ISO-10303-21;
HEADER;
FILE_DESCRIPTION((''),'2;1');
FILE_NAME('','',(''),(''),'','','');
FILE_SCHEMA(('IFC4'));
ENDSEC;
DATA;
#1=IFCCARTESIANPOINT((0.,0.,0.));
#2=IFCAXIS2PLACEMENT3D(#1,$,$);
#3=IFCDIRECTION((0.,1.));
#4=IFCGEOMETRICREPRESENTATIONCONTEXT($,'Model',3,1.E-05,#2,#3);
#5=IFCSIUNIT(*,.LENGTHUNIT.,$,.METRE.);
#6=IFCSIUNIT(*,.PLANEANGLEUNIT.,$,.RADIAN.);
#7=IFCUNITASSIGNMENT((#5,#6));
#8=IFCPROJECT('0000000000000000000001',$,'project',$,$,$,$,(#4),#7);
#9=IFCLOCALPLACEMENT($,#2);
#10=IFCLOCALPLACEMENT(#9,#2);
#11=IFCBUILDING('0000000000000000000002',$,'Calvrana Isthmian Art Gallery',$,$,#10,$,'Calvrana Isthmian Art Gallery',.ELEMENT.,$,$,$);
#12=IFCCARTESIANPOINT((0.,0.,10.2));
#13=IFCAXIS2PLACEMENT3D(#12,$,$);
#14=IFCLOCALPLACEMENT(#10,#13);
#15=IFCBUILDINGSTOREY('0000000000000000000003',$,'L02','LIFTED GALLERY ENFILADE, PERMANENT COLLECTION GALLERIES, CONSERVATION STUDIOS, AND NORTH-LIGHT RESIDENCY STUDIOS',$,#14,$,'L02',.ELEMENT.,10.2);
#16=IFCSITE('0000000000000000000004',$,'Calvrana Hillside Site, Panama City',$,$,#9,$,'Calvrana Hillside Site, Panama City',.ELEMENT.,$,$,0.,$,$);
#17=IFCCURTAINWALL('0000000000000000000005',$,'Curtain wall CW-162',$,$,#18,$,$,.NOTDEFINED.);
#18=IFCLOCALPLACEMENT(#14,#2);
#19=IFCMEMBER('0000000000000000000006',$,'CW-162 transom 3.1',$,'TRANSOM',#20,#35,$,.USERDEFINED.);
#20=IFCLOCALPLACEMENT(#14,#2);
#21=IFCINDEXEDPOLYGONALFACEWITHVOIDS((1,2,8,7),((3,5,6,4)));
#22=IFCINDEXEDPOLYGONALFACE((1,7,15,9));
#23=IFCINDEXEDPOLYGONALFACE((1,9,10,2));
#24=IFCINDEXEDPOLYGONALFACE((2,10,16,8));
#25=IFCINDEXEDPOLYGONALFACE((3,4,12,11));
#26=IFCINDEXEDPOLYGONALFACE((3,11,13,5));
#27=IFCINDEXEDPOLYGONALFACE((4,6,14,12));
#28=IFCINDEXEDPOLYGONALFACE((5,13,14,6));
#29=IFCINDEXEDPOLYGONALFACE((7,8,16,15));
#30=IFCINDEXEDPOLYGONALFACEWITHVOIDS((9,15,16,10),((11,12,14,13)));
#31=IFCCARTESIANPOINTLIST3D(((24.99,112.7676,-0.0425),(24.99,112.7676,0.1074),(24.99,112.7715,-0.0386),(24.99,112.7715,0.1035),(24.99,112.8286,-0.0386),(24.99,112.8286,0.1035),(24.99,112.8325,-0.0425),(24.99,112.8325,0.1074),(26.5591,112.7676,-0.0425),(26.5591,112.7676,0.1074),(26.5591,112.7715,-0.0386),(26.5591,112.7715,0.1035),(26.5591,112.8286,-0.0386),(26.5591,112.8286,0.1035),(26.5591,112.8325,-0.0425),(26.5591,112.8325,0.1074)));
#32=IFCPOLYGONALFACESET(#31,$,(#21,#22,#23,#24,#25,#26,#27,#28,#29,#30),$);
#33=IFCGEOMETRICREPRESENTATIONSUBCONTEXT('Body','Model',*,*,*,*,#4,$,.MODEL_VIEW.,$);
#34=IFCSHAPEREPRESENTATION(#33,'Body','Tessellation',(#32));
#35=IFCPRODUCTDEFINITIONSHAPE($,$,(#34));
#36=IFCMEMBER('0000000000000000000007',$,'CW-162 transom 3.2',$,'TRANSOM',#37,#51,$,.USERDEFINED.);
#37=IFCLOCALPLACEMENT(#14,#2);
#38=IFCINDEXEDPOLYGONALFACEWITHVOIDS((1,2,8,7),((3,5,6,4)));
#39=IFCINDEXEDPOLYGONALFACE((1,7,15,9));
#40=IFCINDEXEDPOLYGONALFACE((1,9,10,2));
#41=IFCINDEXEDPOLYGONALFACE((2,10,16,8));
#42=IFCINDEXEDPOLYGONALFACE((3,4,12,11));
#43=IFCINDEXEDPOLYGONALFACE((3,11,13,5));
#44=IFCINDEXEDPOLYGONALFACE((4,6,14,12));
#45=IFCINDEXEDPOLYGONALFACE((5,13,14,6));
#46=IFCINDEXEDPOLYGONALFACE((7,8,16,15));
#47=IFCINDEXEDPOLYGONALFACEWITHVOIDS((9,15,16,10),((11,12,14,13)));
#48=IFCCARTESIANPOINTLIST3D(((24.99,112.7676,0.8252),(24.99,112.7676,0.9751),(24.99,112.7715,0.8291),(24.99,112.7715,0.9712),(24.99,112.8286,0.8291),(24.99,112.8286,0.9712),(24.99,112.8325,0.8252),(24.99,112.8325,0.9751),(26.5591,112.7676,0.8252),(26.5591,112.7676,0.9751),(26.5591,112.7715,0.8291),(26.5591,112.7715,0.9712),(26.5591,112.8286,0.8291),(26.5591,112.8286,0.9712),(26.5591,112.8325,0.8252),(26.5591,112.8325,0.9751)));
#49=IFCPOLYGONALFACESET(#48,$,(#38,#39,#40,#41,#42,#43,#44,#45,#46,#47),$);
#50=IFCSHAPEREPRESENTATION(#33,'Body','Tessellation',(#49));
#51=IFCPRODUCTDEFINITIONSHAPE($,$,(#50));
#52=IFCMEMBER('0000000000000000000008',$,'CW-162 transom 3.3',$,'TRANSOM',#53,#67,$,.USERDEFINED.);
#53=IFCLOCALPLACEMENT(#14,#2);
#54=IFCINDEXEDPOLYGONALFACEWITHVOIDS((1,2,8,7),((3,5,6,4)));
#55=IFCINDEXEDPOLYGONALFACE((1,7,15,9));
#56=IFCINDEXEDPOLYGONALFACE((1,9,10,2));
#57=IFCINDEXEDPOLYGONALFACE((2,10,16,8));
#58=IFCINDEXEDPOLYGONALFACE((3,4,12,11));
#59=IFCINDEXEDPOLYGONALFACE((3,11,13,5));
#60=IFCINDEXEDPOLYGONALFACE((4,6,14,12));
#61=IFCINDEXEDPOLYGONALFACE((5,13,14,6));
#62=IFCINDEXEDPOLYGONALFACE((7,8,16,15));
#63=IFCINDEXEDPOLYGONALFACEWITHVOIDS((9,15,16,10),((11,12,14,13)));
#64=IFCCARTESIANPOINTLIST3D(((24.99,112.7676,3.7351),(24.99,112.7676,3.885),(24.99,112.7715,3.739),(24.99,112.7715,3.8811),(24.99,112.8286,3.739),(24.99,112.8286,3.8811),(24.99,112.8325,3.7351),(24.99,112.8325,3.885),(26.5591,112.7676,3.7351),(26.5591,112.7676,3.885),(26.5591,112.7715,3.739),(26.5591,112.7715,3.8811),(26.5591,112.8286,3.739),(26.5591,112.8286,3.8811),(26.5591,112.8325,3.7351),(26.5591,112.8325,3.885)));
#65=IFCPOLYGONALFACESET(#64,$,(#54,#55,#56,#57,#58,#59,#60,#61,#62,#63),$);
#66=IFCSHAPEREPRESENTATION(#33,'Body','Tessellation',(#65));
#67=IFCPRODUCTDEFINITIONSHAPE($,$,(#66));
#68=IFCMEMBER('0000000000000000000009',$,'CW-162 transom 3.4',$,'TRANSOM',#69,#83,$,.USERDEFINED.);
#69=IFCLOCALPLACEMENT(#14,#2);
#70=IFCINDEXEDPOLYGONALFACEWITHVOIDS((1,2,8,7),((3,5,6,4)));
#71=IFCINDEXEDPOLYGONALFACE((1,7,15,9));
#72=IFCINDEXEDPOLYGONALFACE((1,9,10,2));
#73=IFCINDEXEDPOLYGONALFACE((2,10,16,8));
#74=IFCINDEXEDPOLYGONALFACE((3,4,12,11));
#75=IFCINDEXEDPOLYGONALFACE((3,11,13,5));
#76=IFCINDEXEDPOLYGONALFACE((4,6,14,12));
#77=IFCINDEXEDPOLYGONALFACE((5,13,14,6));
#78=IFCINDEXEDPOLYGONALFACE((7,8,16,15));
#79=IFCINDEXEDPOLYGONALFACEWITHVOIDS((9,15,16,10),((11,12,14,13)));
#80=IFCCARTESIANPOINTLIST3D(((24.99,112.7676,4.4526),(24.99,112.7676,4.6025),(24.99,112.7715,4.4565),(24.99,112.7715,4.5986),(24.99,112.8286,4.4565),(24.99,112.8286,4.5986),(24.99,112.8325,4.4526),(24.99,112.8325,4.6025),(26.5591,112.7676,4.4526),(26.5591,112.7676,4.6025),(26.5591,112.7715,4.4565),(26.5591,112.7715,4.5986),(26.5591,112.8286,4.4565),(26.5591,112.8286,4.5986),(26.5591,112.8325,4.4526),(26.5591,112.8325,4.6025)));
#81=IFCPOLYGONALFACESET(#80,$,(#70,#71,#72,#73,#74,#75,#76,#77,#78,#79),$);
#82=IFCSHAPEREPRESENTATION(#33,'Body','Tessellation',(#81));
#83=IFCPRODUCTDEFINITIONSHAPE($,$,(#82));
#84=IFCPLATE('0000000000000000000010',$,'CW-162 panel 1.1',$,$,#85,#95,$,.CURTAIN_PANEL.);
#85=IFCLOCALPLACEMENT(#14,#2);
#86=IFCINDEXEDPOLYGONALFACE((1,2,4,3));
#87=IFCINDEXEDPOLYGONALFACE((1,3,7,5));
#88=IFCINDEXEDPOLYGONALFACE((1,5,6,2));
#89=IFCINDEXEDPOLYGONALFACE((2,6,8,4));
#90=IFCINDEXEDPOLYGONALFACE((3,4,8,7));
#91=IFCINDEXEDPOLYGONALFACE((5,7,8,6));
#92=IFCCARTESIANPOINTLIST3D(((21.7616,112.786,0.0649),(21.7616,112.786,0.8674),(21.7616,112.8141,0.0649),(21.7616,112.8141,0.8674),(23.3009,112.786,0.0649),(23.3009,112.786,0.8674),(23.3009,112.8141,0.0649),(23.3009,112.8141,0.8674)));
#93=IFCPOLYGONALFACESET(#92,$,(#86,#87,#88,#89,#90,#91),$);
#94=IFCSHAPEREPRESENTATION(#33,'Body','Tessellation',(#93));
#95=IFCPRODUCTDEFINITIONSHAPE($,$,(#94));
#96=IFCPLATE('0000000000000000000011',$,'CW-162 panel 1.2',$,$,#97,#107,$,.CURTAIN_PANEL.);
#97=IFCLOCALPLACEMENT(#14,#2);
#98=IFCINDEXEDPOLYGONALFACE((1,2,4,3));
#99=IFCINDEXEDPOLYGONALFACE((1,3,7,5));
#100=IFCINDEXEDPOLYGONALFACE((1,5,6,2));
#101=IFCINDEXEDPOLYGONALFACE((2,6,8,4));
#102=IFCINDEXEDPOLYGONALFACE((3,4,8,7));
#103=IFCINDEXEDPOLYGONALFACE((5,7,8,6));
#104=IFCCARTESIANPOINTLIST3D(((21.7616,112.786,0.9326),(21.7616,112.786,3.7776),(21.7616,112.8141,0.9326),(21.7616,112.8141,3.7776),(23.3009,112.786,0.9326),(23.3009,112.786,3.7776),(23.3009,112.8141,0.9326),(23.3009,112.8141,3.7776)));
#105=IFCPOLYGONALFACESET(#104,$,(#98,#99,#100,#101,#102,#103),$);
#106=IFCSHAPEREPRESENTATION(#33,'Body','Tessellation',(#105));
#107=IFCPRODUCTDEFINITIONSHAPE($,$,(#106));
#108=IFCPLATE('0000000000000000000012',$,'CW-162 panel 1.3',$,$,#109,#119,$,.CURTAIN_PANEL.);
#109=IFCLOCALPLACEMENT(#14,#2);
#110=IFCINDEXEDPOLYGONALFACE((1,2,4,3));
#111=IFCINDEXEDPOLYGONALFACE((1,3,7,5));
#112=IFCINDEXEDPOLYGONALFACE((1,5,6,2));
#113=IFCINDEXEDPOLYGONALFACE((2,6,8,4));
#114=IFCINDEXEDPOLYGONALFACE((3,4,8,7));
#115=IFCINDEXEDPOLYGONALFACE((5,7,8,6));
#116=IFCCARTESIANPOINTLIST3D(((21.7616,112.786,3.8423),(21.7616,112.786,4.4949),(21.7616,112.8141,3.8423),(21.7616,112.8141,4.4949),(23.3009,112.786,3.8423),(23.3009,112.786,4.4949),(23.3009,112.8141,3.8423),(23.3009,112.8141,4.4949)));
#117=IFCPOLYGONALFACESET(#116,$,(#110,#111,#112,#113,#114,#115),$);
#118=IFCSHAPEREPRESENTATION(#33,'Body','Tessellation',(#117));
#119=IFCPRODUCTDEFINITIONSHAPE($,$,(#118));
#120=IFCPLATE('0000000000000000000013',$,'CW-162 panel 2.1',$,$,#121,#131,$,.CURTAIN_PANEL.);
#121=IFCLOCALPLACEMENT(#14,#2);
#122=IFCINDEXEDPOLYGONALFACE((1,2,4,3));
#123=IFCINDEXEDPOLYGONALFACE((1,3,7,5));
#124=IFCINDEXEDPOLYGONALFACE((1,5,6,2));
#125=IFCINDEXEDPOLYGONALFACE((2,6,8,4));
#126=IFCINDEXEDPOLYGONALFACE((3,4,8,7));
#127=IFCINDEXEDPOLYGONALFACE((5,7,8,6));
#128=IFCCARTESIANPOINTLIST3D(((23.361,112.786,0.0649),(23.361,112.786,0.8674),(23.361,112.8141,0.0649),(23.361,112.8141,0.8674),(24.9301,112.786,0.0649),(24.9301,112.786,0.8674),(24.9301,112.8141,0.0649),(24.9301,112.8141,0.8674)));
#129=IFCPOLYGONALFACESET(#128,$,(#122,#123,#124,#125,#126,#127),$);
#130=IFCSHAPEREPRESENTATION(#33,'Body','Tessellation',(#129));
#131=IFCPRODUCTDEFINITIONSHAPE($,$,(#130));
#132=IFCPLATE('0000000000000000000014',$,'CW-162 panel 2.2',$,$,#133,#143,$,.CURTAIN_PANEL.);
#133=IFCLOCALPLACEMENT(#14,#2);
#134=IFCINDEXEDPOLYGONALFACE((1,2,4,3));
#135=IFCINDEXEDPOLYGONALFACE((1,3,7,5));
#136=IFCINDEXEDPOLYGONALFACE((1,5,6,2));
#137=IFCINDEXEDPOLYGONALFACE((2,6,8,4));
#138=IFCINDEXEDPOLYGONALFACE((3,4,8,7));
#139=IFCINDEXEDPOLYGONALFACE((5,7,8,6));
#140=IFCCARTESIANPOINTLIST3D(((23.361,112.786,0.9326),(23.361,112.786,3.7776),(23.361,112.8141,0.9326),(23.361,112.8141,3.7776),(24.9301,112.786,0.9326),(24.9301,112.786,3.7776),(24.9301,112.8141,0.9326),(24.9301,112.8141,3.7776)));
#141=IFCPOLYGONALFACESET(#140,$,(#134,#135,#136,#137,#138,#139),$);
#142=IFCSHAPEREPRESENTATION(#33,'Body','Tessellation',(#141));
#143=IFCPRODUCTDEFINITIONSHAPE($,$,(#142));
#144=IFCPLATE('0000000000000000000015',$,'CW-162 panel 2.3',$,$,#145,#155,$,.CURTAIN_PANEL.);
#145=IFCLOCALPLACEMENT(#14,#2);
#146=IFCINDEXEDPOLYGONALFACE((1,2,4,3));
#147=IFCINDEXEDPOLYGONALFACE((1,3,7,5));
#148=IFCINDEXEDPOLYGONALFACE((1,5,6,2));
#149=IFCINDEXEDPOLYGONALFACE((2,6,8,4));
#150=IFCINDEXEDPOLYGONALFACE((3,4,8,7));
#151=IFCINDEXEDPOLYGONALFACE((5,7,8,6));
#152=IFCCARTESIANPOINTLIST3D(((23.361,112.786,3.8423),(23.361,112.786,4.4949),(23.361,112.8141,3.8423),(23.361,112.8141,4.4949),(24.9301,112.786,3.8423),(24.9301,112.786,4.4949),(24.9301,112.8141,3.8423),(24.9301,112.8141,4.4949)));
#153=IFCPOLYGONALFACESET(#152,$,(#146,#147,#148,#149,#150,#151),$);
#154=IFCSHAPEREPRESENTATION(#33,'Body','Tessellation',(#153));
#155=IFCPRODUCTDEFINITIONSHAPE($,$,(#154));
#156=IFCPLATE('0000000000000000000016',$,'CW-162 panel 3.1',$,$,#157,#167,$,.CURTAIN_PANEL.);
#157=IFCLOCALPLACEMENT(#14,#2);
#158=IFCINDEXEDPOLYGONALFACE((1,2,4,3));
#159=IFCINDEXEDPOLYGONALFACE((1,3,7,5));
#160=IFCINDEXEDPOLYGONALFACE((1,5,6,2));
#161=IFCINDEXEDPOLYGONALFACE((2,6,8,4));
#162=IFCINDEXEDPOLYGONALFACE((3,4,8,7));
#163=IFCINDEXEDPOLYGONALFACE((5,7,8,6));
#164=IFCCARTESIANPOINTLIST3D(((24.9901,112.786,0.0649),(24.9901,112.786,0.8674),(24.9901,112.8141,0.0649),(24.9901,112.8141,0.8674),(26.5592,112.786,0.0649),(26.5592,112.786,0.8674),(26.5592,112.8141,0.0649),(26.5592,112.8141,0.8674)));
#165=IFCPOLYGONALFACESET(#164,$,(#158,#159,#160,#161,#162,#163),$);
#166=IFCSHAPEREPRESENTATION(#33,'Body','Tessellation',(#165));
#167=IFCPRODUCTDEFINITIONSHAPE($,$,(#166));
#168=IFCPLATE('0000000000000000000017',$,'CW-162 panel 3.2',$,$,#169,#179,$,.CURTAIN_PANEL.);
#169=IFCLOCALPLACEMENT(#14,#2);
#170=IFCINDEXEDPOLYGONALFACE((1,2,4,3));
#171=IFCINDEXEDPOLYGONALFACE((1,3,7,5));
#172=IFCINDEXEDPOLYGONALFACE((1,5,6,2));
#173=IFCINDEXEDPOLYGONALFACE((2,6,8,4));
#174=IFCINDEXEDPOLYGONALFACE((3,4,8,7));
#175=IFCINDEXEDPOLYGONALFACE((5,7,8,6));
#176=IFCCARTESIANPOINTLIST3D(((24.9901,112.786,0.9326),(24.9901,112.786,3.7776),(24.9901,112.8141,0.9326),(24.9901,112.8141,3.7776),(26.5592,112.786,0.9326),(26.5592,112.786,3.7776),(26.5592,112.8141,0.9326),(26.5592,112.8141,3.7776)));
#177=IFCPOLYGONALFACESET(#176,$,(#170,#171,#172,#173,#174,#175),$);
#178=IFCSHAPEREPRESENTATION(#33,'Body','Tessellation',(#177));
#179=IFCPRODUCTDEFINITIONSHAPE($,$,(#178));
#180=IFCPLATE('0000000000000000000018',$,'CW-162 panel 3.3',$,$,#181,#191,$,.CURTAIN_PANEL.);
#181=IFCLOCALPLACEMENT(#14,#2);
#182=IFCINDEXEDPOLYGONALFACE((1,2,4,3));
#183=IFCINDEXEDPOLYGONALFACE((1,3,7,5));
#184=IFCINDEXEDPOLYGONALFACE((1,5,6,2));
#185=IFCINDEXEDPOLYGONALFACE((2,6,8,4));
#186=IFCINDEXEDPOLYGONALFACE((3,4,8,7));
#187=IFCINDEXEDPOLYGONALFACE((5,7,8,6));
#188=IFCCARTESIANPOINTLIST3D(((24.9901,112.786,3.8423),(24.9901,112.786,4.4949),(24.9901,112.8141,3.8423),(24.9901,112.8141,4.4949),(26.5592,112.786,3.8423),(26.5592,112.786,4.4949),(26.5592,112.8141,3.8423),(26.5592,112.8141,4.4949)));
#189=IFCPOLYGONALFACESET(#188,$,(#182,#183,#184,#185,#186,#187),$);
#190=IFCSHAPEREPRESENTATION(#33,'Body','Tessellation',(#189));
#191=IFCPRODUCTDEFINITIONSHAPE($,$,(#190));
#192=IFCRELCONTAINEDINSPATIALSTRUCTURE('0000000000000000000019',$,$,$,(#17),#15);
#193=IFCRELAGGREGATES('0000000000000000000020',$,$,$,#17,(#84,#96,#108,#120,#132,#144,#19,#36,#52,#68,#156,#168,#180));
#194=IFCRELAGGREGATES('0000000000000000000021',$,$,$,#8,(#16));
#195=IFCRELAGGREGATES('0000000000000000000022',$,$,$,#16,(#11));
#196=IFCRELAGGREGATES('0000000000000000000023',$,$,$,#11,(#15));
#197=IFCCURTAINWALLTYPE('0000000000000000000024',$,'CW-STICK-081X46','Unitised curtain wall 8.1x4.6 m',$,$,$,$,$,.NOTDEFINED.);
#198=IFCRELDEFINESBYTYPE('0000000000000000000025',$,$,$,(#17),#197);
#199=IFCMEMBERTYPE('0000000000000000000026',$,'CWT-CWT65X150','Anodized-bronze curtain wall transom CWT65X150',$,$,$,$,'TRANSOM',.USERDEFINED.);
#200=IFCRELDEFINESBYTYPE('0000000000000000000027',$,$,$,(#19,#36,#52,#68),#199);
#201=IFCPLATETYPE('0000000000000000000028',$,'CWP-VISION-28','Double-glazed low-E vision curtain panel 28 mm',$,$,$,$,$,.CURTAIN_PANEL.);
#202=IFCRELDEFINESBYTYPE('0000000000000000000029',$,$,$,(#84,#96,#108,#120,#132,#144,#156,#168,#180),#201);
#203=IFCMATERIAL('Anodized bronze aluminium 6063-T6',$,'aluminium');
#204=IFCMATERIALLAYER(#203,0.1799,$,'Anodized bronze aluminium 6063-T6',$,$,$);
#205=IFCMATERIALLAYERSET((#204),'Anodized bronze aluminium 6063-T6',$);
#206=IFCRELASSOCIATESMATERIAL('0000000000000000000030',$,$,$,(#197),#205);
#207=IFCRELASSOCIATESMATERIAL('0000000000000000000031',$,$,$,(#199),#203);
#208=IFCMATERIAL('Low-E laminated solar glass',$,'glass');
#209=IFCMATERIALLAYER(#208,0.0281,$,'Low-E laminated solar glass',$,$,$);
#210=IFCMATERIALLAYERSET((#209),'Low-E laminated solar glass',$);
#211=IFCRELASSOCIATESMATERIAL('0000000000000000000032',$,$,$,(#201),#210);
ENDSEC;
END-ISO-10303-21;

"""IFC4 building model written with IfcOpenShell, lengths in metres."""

from ifc_helpers import new_model, si_unit, direction, frame, origin, origin_2d, place, context, subcontext, project, spatial, rectangle, hollow_rectangle, extrude, material, layer, layer_set, material_profile, profile_set, type_object, element, aggregate, save


model = new_model("IFC4")

# Units and contexts
model_context = context("Model", 3, precision=1e-05, world=origin(), true_north=direction((0.0, 1.0)))
body_context = subcontext(model_context, "Body", "Model", "MODEL_VIEW")
ifc_project = project(units=[si_unit("LENGTHUNIT", "METRE"), si_unit("PLANEANGLEUNIT", "RADIAN")], contexts=[model_context])

# Site, building, storey
site_placement = place(None, origin())
site = spatial("IfcSite", under=ifc_project, at=site_placement, Name="Calvrana Hillside Site, Panama City", LongName="Calvrana Hillside Site, Panama City", CompositionType="ELEMENT", RefElevation=0.0)
building_placement = place(site_placement, origin())
building = spatial("IfcBuilding", under=site, at=building_placement, Name="Calvrana Isthmian Art Gallery", LongName="Calvrana Isthmian Art Gallery", CompositionType="ELEMENT")
storey_placement = place(building_placement, frame((0.0, 0.0, 10.2)))
storey = spatial("IfcBuildingStorey", under=building, at=storey_placement, Name="L02", Description="LIFTED GALLERY ENFILADE, PERMANENT COLLECTION GALLERIES, CONSERVATION STUDIOS, AND NORTH-LIGHT RESIDENCY STUDIOS", LongName="L02", CompositionType="ELEMENT", Elevation=10.2)

# Curtain wall, members, plates
ifc_material_1 = material(Name="Anodized bronze aluminium 6063-T6", Category="aluminium")
ifc_layer_1 = layer(ifc_material_1, 0.1799, Name="Anodized bronze aluminium 6063-T6")
ifc_layer_set_1 = layer_set([ifc_layer_1], Name="Anodized bronze aluminium 6063-T6")
curtain_wall_type = type_object("IfcCurtainWallType", Name="CW-STICK-081X46", Description="Unitised curtain wall 8.1x4.6 m", PredefinedType="NOTDEFINED", material=ifc_layer_set_1)
curtain_wall_placement = place(storey_placement, origin())
curtain_wall = element("IfcCurtainWall", 1, at=curtain_wall_placement, inside=storey, type_object=curtain_wall_type, Name="Curtain wall CW-162", PredefinedType="NOTDEFINED")
ifc_material_profile_1 = material_profile(ifc_material_1, hollow_rectangle(XDim=0.0649, YDim=0.1499, WallThickness=0.0039, at=origin_2d()), Name="CWT65X150")
ifc_profile_set_1 = profile_set([ifc_material_profile_1], Name="Anodized bronze aluminium 6063-T6")
member_type_1 = type_object("IfcMemberType", Name="CWT-CWT65X150", Description="Anodized-bronze curtain wall transom CWT65X150", ElementType="TRANSOM", PredefinedType="USERDEFINED", material=ifc_profile_set_1)
member_1_placement = place(storey_placement, frame((24.99, 112.8, 0.0325), z_axis=(1.0, 0.0, 0.0), x_axis=(0.0, 1.0, 0.0)))
member_1 = element("IfcMember", 2, at=member_1_placement, type_object=member_type_1, Name="CW-162 transom 3.1", ObjectType="TRANSOM", PredefinedType="USERDEFINED", context=body_context, shape_type="SweptSolid", body=[
    extrude(hollow_rectangle(XDim=0.0649, YDim=0.1499, WallThickness=0.0039, at=origin_2d()), origin(), (0.0, 0.0, 1.0), 1.5691),
])
member_2_placement = place(storey_placement, frame((24.99, 112.8, 0.9001), z_axis=(1.0, 0.0, 0.0), x_axis=(0.0, 1.0, 0.0)))
member_2 = element("IfcMember", 3, at=member_2_placement, type_object=member_type_1, Name="CW-162 transom 3.2", ObjectType="TRANSOM", PredefinedType="USERDEFINED", context=body_context, shape_type="SweptSolid", body=[
    extrude(hollow_rectangle(XDim=0.0649, YDim=0.1499, WallThickness=0.0039, at=origin_2d()), origin(), (0.0, 0.0, 1.0), 1.5691),
])
member_3_placement = place(storey_placement, frame((24.99, 112.8, 3.8101), z_axis=(1.0, 0.0, 0.0), x_axis=(0.0, 1.0, 0.0)))
member_3 = element("IfcMember", 4, at=member_3_placement, type_object=member_type_1, Name="CW-162 transom 3.3", ObjectType="TRANSOM", PredefinedType="USERDEFINED", context=body_context, shape_type="SweptSolid", body=[
    extrude(hollow_rectangle(XDim=0.0649, YDim=0.1499, WallThickness=0.0039, at=origin_2d()), origin(), (0.0, 0.0, 1.0), 1.5691),
])
member_4_placement = place(storey_placement, frame((24.99, 112.8, 4.5276), z_axis=(1.0, 0.0, 0.0), x_axis=(0.0, 1.0, 0.0)))
member_4 = element("IfcMember", 5, at=member_4_placement, type_object=member_type_1, Name="CW-162 transom 3.4", ObjectType="TRANSOM", PredefinedType="USERDEFINED", context=body_context, shape_type="SweptSolid", body=[
    extrude(hollow_rectangle(XDim=0.0649, YDim=0.1499, WallThickness=0.0039, at=origin_2d()), origin(), (0.0, 0.0, 1.0), 1.5691),
])
ifc_material_2 = material(Name="Low-E laminated solar glass", Category="glass")
ifc_layer_2 = layer(ifc_material_2, 0.0281, Name="Low-E laminated solar glass")
ifc_layer_set_2 = layer_set([ifc_layer_2], Name="Low-E laminated solar glass")
plate_type_1 = type_object("IfcPlateType", Name="CWP-VISION-28", Description="Double-glazed low-E vision curtain panel 28 mm", PredefinedType="CURTAIN_PANEL", material=ifc_layer_set_2)
plate_1_placement = place(storey_placement, frame((22.5312, 112.8, 0.0649), z_axis=(0.0, 0.0, 1.0), x_axis=(1.0, 0.0, 0.0)))
plate_1 = element("IfcPlate", 6, at=plate_1_placement, type_object=plate_type_1, Name="CW-162 panel 1.1", PredefinedType="CURTAIN_PANEL", context=body_context, shape_type="SweptSolid", body=[
    extrude(rectangle(XDim=1.5393, YDim=0.0281, at=origin_2d()), origin(), (0.0, 0.0, 1.0), 0.8025),
])
plate_2_placement = place(storey_placement, frame((22.5312, 112.8, 0.9326), z_axis=(0.0, 0.0, 1.0), x_axis=(1.0, 0.0, 0.0)))
plate_2 = element("IfcPlate", 7, at=plate_2_placement, type_object=plate_type_1, Name="CW-162 panel 1.2", PredefinedType="CURTAIN_PANEL", context=body_context, shape_type="SweptSolid", body=[
    extrude(rectangle(XDim=1.5393, YDim=0.0281, at=origin_2d()), origin(), (0.0, 0.0, 1.0), 2.845),
])
plate_3_placement = place(storey_placement, frame((22.5312, 112.8, 3.8423), z_axis=(0.0, 0.0, 1.0), x_axis=(1.0, 0.0, 0.0)))
plate_3 = element("IfcPlate", 8, at=plate_3_placement, type_object=plate_type_1, Name="CW-162 panel 1.3", PredefinedType="CURTAIN_PANEL", context=body_context, shape_type="SweptSolid", body=[
    extrude(rectangle(XDim=1.5393, YDim=0.0281, at=origin_2d()), origin(), (0.0, 0.0, 1.0), 0.6526),
])
plate_4_placement = place(storey_placement, frame((24.1455, 112.8, 0.0649), z_axis=(0.0, 0.0, 1.0), x_axis=(1.0, 0.0, 0.0)))
plate_4 = element("IfcPlate", 9, at=plate_4_placement, type_object=plate_type_1, Name="CW-162 panel 2.1", PredefinedType="CURTAIN_PANEL", context=body_context, shape_type="SweptSolid", body=[
    extrude(rectangle(XDim=1.5691, YDim=0.0281, at=origin_2d()), origin(), (0.0, 0.0, 1.0), 0.8025),
])
plate_5_placement = place(storey_placement, frame((24.1455, 112.8, 0.9326), z_axis=(0.0, 0.0, 1.0), x_axis=(1.0, 0.0, 0.0)))
plate_5 = element("IfcPlate", 10, at=plate_5_placement, type_object=plate_type_1, Name="CW-162 panel 2.2", PredefinedType="CURTAIN_PANEL", context=body_context, shape_type="SweptSolid", body=[
    extrude(rectangle(XDim=1.5691, YDim=0.0281, at=origin_2d()), origin(), (0.0, 0.0, 1.0), 2.845),
])
plate_6_placement = place(storey_placement, frame((24.1455, 112.8, 3.8423), z_axis=(0.0, 0.0, 1.0), x_axis=(1.0, 0.0, 0.0)))
plate_6 = element("IfcPlate", 11, at=plate_6_placement, type_object=plate_type_1, Name="CW-162 panel 2.3", PredefinedType="CURTAIN_PANEL", context=body_context, shape_type="SweptSolid", body=[
    extrude(rectangle(XDim=1.5691, YDim=0.0281, at=origin_2d()), origin(), (0.0, 0.0, 1.0), 0.6526),
])
plate_7_placement = place(storey_placement, frame((25.7747, 112.8, 0.0649), z_axis=(0.0, 0.0, 1.0), x_axis=(1.0, 0.0, 0.0)))
plate_7 = element("IfcPlate", 12, at=plate_7_placement, type_object=plate_type_1, Name="CW-162 panel 3.1", PredefinedType="CURTAIN_PANEL", context=body_context, shape_type="SweptSolid", body=[
    extrude(rectangle(XDim=1.5691, YDim=0.0281, at=origin_2d()), origin(), (0.0, 0.0, 1.0), 0.8025),
])
plate_8_placement = place(storey_placement, frame((25.7747, 112.8, 0.9326), z_axis=(0.0, 0.0, 1.0), x_axis=(1.0, 0.0, 0.0)))
plate_8 = element("IfcPlate", 13, at=plate_8_placement, type_object=plate_type_1, Name="CW-162 panel 3.2", PredefinedType="CURTAIN_PANEL", context=body_context, shape_type="SweptSolid", body=[
    extrude(rectangle(XDim=1.5691, YDim=0.0281, at=origin_2d()), origin(), (0.0, 0.0, 1.0), 2.845),
])
plate_9_placement = place(storey_placement, frame((25.7747, 112.8, 3.8423), z_axis=(0.0, 0.0, 1.0), x_axis=(1.0, 0.0, 0.0)))
plate_9 = element("IfcPlate", 14, at=plate_9_placement, type_object=plate_type_1, Name="CW-162 panel 3.3", PredefinedType="CURTAIN_PANEL", context=body_context, shape_type="SweptSolid", body=[
    extrude(rectangle(XDim=1.5691, YDim=0.0281, at=origin_2d()), origin(), (0.0, 0.0, 1.0), 0.6526),
])
aggregate(curtain_wall, [plate_1, plate_2, plate_3, plate_4, plate_5, plate_6, member_1, member_2, member_3, member_4, plate_7, plate_8, plate_9])

save(model, "model.ifc")
